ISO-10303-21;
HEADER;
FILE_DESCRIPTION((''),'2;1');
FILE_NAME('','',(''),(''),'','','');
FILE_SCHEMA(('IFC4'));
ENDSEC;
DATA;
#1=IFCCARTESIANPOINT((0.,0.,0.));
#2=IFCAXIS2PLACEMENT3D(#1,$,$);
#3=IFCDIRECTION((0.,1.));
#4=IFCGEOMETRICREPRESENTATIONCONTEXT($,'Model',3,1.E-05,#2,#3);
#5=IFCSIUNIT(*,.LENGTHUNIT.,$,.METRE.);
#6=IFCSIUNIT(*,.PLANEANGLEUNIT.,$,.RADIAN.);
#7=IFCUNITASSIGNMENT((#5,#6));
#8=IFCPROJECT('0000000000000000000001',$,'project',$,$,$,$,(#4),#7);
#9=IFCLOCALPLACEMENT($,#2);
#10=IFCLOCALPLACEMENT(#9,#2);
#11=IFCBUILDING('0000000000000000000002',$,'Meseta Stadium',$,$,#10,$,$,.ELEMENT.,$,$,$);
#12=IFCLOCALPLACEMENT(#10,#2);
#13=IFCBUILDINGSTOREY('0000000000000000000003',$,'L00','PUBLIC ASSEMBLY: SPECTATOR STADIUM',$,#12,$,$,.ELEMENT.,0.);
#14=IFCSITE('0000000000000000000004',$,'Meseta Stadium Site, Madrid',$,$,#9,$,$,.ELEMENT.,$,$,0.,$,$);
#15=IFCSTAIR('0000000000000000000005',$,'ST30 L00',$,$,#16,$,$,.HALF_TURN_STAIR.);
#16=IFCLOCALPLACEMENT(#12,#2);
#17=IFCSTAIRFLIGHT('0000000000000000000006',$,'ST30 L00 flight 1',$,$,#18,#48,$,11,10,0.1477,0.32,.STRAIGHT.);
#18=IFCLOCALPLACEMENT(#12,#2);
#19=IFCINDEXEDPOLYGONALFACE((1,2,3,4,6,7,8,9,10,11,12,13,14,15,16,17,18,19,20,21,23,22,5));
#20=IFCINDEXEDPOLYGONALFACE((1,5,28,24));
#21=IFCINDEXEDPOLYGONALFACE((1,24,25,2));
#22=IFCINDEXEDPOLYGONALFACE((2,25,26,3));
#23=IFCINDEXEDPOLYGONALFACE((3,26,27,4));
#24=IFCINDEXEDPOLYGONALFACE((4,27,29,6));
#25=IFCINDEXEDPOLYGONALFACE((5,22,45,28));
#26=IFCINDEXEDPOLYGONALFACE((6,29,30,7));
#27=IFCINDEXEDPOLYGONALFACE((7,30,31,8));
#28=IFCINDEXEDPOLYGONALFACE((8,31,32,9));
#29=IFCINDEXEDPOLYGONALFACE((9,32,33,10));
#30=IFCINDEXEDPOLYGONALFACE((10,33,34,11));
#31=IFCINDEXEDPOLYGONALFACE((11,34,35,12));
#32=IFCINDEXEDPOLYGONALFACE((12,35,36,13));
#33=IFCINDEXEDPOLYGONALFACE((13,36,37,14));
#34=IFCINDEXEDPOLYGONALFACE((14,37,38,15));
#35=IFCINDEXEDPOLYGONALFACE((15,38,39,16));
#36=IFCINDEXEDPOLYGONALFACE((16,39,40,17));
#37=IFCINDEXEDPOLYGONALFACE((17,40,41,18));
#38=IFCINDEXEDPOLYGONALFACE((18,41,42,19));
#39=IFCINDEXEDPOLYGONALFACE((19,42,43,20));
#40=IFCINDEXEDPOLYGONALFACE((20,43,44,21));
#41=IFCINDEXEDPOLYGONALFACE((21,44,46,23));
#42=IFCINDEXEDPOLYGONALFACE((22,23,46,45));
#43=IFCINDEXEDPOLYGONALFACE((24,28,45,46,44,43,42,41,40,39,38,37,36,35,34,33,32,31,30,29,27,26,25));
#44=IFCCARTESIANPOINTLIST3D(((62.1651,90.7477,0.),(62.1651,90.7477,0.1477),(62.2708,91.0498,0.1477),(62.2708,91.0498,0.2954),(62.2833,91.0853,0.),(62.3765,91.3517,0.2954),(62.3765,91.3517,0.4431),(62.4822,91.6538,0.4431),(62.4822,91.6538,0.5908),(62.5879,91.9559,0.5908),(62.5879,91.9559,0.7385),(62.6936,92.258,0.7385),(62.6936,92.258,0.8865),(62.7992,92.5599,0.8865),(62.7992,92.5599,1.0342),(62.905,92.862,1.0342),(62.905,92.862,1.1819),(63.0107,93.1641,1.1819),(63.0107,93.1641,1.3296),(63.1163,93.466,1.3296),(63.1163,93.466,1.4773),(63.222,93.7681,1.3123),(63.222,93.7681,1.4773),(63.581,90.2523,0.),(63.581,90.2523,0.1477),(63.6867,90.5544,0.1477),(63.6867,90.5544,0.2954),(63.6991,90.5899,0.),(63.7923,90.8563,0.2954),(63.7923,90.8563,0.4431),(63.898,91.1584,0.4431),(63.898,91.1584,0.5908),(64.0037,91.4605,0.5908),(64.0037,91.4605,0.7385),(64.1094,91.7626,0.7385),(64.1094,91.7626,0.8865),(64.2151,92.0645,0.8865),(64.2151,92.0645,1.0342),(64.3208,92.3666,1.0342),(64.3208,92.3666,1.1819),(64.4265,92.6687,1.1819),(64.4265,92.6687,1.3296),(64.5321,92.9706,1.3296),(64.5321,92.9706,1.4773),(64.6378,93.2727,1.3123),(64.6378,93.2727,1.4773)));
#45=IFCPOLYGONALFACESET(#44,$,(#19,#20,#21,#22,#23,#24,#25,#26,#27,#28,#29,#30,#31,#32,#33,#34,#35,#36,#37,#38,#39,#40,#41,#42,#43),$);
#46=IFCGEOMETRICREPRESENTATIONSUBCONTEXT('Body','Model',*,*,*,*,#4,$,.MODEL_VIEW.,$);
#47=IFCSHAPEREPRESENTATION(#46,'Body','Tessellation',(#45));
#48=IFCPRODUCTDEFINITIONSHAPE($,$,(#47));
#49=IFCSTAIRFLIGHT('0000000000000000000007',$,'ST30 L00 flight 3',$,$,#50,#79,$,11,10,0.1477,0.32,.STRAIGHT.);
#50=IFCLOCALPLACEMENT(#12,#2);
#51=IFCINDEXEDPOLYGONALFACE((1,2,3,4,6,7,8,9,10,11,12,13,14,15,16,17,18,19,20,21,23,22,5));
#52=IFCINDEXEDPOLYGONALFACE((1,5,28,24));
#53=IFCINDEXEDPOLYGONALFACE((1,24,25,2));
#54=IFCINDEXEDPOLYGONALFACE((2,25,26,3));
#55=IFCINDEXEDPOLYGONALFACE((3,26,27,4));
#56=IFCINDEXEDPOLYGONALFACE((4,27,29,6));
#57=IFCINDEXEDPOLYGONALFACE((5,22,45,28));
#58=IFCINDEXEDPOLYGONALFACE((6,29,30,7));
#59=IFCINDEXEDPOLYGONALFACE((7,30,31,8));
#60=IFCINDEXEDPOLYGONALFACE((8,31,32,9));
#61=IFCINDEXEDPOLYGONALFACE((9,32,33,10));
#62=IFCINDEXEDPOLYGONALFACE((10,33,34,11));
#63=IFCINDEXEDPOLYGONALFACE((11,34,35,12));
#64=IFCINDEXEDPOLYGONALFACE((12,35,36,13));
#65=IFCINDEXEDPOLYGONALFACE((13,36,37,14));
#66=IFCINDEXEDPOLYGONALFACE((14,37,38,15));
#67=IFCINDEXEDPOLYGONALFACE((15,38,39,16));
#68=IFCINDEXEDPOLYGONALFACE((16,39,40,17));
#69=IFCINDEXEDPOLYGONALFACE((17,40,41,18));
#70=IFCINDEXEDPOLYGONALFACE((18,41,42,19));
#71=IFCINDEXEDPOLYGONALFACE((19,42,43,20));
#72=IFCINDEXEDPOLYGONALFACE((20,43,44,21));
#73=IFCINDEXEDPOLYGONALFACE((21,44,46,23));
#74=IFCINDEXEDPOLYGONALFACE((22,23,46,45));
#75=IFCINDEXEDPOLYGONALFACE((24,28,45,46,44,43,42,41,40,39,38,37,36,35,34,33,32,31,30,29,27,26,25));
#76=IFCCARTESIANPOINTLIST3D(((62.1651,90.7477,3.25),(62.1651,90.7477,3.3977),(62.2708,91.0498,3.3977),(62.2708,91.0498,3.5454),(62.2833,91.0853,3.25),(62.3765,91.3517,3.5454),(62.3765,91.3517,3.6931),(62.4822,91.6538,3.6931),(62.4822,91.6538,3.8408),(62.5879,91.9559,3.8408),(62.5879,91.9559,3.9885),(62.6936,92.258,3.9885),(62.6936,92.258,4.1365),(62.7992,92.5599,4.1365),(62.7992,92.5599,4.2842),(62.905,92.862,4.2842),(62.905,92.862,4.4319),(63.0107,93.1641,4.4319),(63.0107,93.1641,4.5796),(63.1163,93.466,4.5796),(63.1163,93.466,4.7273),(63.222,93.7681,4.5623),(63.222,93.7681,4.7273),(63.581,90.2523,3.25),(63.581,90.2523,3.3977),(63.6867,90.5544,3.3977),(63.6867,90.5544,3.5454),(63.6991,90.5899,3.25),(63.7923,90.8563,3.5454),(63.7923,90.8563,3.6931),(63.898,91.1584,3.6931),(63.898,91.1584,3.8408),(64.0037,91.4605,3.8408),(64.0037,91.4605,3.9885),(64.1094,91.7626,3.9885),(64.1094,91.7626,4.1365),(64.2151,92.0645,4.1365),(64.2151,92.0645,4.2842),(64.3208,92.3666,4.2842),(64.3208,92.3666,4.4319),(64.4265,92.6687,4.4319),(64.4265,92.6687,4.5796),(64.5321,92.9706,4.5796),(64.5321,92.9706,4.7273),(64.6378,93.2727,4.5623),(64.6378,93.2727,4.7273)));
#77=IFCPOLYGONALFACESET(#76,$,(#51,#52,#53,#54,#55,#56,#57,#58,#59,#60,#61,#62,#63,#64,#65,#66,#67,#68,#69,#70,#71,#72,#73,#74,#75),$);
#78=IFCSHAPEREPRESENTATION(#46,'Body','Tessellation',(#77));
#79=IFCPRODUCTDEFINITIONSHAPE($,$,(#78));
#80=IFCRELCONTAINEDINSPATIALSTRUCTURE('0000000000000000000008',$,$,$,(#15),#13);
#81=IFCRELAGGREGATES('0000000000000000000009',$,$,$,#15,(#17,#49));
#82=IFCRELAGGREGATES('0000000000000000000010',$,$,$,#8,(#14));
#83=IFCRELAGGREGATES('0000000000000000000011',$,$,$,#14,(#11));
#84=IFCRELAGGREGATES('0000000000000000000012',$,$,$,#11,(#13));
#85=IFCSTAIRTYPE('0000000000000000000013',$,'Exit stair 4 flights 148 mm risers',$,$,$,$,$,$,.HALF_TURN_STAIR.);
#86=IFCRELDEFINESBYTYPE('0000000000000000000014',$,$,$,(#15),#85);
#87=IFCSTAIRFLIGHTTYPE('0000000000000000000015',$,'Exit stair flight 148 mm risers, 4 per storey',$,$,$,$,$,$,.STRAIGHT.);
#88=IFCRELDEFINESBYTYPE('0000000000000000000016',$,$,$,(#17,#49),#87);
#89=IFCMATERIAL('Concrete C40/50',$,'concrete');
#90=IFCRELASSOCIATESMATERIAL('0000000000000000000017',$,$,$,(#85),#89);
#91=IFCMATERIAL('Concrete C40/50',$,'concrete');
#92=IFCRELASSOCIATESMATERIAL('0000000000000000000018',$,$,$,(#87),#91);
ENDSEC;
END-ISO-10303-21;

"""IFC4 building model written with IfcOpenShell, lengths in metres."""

from ifc_helpers import new_model, si_unit, direction, frame, origin, place, context, subcontext, project, spatial, polyline, outline, extrude, material, type_object, element, aggregate, save


model = new_model("IFC4")

# Units and contexts
model_context = context("Model", 3, precision=1e-05, world=origin(), true_north=direction((0.0, 1.0)))
body_context = subcontext(model_context, "Body", "Model", "MODEL_VIEW")
ifc_project = project(units=[si_unit("LENGTHUNIT", "METRE"), si_unit("PLANEANGLEUNIT", "RADIAN")], contexts=[model_context])

# Site, building, storey
site_placement = place(None, origin())
site = spatial("IfcSite", under=ifc_project, at=site_placement, Name="Meseta Stadium Site, Madrid", CompositionType="ELEMENT", RefElevation=0.0)
building_placement = place(site_placement, origin())
building = spatial("IfcBuilding", under=site, at=building_placement, Name="Meseta Stadium", CompositionType="ELEMENT")
storey_placement = place(building_placement, origin())
storey = spatial("IfcBuildingStorey", under=building, at=storey_placement, Name="L00", Description="PUBLIC ASSEMBLY: SPECTATOR STADIUM", CompositionType="ELEMENT", Elevation=0.0)

# Stair, stair flights
ifc_material_1 = material(Name="Concrete C40/50", Category="concrete")
stair_type = type_object("IfcStairType", Name="Exit stair 4 flights 148 mm risers", PredefinedType="HALF_TURN_STAIR", material=ifc_material_1)
ifc_material_2 = material(Name="Concrete C40/50", Category="concrete")
stair_flight_type = type_object("IfcStairFlightType", Name="Exit stair flight 148 mm risers, 4 per storey", PredefinedType="STRAIGHT", material=ifc_material_2)
stair_1_placement = place(storey_placement, origin())
stair_1 = element("IfcStair", 1, at=stair_1_placement, inside=storey, type_object=stair_type, Name="ST30 L00", PredefinedType="HALF_TURN_STAIR")
stair_flight_1_placement = place(storey_placement, frame((62.873, 90.5, 0.0), z_axis=(0.0, 0.0, 1.0), x_axis=(0.330279, 0.943883, 0.0)))
stair_flight_1 = element("IfcStairFlight", 2, at=stair_flight_1_placement, type_object=stair_flight_type, Name="ST30 L00 flight 1", NumberOfRisers=11, NumberOfTreads=10, PredefinedType="STRAIGHT", RiserHeight=0.1477, TreadLength=0.32, context=body_context, shape_type="SweptSolid", body=[
    extrude(outline(polyline([(0.0, 0.0), (0.0, 0.1477), (0.3201, 0.1477), (0.3201, 0.2954), (0.6399, 0.2954), (0.6399, 0.4431), (0.96, 0.4431), (0.96, 0.5908), (1.28, 0.5908), (1.28, 0.7385), (1.6001, 0.7385), (1.6001, 0.8865), (1.9199, 0.8865), (1.9199, 1.0342), (2.24, 1.0342), (2.24, 1.1819), (2.5601, 1.1819), (2.5601, 1.3296), (2.8799, 1.3296), (2.8799, 1.4773), (3.2, 1.4773), (3.2, 1.3123), (0.3577, 0.0), (0.0, 0.0)])), frame((0.0, 0.75, 0.0), z_axis=(0.0, -1.0, 0.0), x_axis=(1.0, 0.0, 0.0)), (0.0, 0.0, 1.0), 1.5),
])
stair_flight_2_placement = place(storey_placement, frame((62.873, 90.5, 3.25), z_axis=(0.0, 0.0, 1.0), x_axis=(0.330279, 0.943883, 0.0)))
stair_flight_2 = element("IfcStairFlight", 3, at=stair_flight_2_placement, type_object=stair_flight_type, Name="ST30 L00 flight 3", NumberOfRisers=11, NumberOfTreads=10, PredefinedType="STRAIGHT", RiserHeight=0.1477, TreadLength=0.32, context=body_context, shape_type="SweptSolid", body=[
    extrude(outline(polyline([(0.0, 0.0), (0.0, 0.1477), (0.3201, 0.1477), (0.3201, 0.2954), (0.6399, 0.2954), (0.6399, 0.4431), (0.96, 0.4431), (0.96, 0.5908), (1.28, 0.5908), (1.28, 0.7385), (1.6001, 0.7385), (1.6001, 0.8865), (1.9199, 0.8865), (1.9199, 1.0342), (2.24, 1.0342), (2.24, 1.1819), (2.5601, 1.1819), (2.5601, 1.3296), (2.8799, 1.3296), (2.8799, 1.4773), (3.2, 1.4773), (3.2, 1.3123), (0.3577, 0.0), (0.0, 0.0)])), frame((0.0, 0.75, 0.0), z_axis=(0.0, -1.0, 0.0), x_axis=(1.0, 0.0, 0.0)), (0.0, 0.0, 1.0), 1.5),
])
aggregate(stair_1, [stair_flight_1, stair_flight_2])

save(model, "model.ifc")
